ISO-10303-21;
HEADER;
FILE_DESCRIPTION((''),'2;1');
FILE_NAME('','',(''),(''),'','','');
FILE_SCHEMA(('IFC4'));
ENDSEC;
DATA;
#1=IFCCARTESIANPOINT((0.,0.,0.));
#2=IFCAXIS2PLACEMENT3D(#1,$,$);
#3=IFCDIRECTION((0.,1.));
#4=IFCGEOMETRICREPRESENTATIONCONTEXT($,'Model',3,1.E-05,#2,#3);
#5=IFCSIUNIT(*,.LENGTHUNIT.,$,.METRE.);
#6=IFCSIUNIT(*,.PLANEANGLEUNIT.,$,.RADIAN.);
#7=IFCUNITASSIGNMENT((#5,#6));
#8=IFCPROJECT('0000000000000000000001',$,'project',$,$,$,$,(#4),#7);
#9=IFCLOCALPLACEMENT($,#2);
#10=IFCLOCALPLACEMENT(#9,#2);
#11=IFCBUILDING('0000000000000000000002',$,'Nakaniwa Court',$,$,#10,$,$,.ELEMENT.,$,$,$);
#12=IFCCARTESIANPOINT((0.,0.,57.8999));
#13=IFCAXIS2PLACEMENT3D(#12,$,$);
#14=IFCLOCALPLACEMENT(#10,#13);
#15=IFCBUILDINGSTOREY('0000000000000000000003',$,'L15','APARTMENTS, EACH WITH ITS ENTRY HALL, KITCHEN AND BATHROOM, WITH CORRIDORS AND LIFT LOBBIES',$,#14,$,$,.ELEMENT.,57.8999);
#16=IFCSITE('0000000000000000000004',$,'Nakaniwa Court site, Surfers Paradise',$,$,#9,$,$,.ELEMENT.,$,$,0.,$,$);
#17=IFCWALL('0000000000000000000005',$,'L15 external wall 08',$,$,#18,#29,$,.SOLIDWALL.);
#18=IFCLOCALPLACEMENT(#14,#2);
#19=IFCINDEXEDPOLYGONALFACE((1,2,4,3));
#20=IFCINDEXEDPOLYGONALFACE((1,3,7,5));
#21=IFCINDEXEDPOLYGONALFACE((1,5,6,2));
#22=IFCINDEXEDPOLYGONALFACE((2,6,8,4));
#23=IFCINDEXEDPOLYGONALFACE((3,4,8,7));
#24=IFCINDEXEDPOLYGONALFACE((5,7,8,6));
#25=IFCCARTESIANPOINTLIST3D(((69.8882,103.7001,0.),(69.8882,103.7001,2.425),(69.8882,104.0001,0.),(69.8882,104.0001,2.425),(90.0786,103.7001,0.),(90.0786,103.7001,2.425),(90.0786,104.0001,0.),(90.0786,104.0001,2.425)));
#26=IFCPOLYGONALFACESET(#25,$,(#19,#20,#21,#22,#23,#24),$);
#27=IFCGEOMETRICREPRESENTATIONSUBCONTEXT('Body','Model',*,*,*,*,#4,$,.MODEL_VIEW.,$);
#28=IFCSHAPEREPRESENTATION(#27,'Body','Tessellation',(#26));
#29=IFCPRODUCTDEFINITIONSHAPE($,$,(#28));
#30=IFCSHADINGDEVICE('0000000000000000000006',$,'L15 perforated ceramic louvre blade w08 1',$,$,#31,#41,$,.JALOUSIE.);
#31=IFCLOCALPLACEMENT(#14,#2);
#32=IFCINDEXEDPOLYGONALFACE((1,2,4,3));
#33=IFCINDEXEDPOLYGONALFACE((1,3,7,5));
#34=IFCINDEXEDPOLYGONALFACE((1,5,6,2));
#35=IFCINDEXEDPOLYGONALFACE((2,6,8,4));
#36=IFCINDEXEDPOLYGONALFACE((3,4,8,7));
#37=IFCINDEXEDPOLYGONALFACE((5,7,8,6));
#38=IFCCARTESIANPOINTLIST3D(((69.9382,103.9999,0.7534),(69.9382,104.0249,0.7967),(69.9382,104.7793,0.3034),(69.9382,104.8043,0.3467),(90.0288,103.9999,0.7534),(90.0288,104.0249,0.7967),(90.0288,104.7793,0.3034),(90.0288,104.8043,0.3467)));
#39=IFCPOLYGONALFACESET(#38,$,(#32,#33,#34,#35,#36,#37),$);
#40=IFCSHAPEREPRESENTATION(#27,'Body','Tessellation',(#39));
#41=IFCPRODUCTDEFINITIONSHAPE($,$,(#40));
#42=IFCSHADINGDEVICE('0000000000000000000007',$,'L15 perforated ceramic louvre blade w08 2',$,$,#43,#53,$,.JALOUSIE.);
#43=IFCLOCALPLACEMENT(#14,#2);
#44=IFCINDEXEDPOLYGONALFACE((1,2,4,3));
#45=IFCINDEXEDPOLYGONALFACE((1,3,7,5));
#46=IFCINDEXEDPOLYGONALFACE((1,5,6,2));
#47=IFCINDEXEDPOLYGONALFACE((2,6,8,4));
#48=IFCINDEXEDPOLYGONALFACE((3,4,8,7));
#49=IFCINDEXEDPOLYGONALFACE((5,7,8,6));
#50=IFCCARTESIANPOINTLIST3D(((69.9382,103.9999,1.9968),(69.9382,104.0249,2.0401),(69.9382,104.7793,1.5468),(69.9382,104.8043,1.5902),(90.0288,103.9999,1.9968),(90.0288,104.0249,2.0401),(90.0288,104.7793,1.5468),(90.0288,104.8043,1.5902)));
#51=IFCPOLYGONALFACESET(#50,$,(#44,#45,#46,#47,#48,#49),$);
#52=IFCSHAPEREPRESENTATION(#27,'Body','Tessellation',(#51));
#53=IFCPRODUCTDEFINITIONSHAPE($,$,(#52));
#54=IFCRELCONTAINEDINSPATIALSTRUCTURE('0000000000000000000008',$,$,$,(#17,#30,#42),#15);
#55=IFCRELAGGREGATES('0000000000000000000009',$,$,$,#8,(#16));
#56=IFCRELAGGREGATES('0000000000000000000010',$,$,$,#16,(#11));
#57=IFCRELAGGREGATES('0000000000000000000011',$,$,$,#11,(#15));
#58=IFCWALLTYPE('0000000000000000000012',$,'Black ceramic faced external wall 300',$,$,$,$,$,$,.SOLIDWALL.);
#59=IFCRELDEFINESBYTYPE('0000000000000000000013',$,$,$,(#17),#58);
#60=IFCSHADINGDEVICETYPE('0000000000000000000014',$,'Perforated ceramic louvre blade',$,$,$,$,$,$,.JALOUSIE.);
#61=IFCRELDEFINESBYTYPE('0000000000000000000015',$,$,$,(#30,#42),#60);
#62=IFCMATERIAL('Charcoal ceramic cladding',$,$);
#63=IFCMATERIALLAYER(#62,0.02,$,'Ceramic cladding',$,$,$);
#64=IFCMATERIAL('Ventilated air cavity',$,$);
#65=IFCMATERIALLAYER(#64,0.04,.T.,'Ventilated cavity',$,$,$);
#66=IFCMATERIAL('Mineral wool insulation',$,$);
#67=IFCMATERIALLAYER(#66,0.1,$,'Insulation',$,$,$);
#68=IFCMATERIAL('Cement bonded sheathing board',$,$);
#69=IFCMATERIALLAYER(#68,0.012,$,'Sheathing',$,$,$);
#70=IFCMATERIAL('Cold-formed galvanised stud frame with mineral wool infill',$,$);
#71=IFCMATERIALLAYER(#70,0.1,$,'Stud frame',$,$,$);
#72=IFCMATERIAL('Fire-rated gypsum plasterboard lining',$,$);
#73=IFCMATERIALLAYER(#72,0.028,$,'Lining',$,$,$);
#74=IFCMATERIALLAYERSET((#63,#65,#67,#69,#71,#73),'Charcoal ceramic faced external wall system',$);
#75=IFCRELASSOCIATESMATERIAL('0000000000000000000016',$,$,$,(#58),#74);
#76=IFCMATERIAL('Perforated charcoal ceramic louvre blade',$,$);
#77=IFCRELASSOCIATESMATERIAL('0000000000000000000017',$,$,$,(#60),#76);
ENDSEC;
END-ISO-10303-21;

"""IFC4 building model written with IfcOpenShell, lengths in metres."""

from ifc_helpers import new_model, si_unit, direction, frame, frame_2d, origin, origin_2d, place, context, subcontext, project, spatial, rectangle, extrude, material, layer, layer_set, material_profile, profile_set, type_object, element, save


model = new_model("IFC4")

# Units and contexts
model_context = context("Model", 3, precision=1e-05, world=origin(), true_north=direction((0.0, 1.0)))
body_context = subcontext(model_context, "Body", "Model", "MODEL_VIEW")
ifc_project = project(units=[si_unit("LENGTHUNIT", "METRE"), si_unit("PLANEANGLEUNIT", "RADIAN")], contexts=[model_context])

# Site, building, storey
site_placement = place(None, origin())
site = spatial("IfcSite", under=ifc_project, at=site_placement, Name="Nakaniwa Court site, Surfers Paradise", CompositionType="ELEMENT", RefElevation=0.0)
building_placement = place(site_placement, origin())
building = spatial("IfcBuilding", under=site, at=building_placement, Name="Nakaniwa Court", CompositionType="ELEMENT")
storey_placement = place(building_placement, frame((0.0, 0.0, 57.8999)))
storey = spatial("IfcBuildingStorey", under=building, at=storey_placement, Name="L15", Description="APARTMENTS, EACH WITH ITS ENTRY HALL, KITCHEN AND BATHROOM, WITH CORRIDORS AND LIFT LOBBIES", CompositionType="ELEMENT", Elevation=57.8999)

# Shared definitions
ifc_material_1 = material(Name="Charcoal ceramic cladding")
ifc_layer_1 = layer(ifc_material_1, 0.02, Name="Ceramic cladding")
ifc_material_2 = material(Name="Ventilated air cavity")
ifc_layer_2 = layer(ifc_material_2, 0.04, ventilated=True, Name="Ventilated cavity")
ifc_material_3 = material(Name="Mineral wool insulation")
ifc_layer_3 = layer(ifc_material_3, 0.1, Name="Insulation")
ifc_material_4 = material(Name="Cement bonded sheathing board")
ifc_layer_4 = layer(ifc_material_4, 0.012, Name="Sheathing")
ifc_material_5 = material(Name="Cold-formed galvanised stud frame with mineral wool infill")
ifc_layer_5 = layer(ifc_material_5, 0.1, Name="Stud frame")
ifc_material_6 = material(Name="Fire-rated gypsum plasterboard lining")
ifc_layer_6 = layer(ifc_material_6, 0.028, Name="Lining")
ifc_layer_set_1 = layer_set([ifc_layer_1, ifc_layer_2, ifc_layer_3, ifc_layer_4, ifc_layer_5, ifc_layer_6], Name="Charcoal ceramic faced external wall system")
wall_type_1 = type_object("IfcWallType", Name="Black ceramic faced external wall 300", PredefinedType="SOLIDWALL", material=ifc_layer_set_1)

# Wall
wall_1_placement = place(storey_placement, frame((90.0786, 103.8501, 0.0), z_axis=(0.0, 0.0, 1.0), x_axis=(-1.0, 0.0, 0.0)))
element("IfcWall", 1, at=wall_1_placement, inside=storey, type_object=wall_type_1, Name="L15 external wall 08", PredefinedType="SOLIDWALL", context=body_context, shape_type="SweptSolid", body=[
    extrude(rectangle(XDim=20.1904, YDim=0.3, at=frame_2d((10.0952, 0.0))), origin(), (0.0, 0.0, 1.0), 2.425),
])

# Shading devices
ifc_material_7 = material(Name="Perforated charcoal ceramic louvre blade")
ifc_material_profile_1 = material_profile(ifc_material_7, rectangle(XDim=0.8999, YDim=0.05, at=origin_2d()), Name="Perforated ceramic louvre blade")
ifc_profile_set_1 = profile_set([ifc_material_profile_1], Name="Perforated charcoal ceramic louvre blade")
shading_device_type = type_object("IfcShadingDeviceType", Name="Perforated ceramic louvre blade", PredefinedType="JALOUSIE", material=ifc_profile_set_1)
for number, where, z_axis, x_axis, name in (
    (2, (90.0288, 104.4021, 0.55), (-1.0, 0.0, 0.0), (0.0, -0.866025, 0.5), "L15 perforated ceramic louvre blade w08 1"),
    (3, (90.0288, 104.4021, 1.7935), (-1.0, 0.0, 0.0), (0.0, -0.866025, 0.5), "L15 perforated ceramic louvre blade w08 2"),
):
    element("IfcShadingDevice", number, at=place(storey_placement, frame(where, z_axis=z_axis, x_axis=x_axis)), inside=storey, type_object=shading_device_type, Name=name, PredefinedType="JALOUSIE", context=body_context, shape_type="SweptSolid", body=[
        extrude(rectangle(XDim=0.8999, YDim=0.05, at=origin_2d()), origin(), (0.0, 0.0, 1.0), 20.0906),
    ])

save(model, "model.ifc")
